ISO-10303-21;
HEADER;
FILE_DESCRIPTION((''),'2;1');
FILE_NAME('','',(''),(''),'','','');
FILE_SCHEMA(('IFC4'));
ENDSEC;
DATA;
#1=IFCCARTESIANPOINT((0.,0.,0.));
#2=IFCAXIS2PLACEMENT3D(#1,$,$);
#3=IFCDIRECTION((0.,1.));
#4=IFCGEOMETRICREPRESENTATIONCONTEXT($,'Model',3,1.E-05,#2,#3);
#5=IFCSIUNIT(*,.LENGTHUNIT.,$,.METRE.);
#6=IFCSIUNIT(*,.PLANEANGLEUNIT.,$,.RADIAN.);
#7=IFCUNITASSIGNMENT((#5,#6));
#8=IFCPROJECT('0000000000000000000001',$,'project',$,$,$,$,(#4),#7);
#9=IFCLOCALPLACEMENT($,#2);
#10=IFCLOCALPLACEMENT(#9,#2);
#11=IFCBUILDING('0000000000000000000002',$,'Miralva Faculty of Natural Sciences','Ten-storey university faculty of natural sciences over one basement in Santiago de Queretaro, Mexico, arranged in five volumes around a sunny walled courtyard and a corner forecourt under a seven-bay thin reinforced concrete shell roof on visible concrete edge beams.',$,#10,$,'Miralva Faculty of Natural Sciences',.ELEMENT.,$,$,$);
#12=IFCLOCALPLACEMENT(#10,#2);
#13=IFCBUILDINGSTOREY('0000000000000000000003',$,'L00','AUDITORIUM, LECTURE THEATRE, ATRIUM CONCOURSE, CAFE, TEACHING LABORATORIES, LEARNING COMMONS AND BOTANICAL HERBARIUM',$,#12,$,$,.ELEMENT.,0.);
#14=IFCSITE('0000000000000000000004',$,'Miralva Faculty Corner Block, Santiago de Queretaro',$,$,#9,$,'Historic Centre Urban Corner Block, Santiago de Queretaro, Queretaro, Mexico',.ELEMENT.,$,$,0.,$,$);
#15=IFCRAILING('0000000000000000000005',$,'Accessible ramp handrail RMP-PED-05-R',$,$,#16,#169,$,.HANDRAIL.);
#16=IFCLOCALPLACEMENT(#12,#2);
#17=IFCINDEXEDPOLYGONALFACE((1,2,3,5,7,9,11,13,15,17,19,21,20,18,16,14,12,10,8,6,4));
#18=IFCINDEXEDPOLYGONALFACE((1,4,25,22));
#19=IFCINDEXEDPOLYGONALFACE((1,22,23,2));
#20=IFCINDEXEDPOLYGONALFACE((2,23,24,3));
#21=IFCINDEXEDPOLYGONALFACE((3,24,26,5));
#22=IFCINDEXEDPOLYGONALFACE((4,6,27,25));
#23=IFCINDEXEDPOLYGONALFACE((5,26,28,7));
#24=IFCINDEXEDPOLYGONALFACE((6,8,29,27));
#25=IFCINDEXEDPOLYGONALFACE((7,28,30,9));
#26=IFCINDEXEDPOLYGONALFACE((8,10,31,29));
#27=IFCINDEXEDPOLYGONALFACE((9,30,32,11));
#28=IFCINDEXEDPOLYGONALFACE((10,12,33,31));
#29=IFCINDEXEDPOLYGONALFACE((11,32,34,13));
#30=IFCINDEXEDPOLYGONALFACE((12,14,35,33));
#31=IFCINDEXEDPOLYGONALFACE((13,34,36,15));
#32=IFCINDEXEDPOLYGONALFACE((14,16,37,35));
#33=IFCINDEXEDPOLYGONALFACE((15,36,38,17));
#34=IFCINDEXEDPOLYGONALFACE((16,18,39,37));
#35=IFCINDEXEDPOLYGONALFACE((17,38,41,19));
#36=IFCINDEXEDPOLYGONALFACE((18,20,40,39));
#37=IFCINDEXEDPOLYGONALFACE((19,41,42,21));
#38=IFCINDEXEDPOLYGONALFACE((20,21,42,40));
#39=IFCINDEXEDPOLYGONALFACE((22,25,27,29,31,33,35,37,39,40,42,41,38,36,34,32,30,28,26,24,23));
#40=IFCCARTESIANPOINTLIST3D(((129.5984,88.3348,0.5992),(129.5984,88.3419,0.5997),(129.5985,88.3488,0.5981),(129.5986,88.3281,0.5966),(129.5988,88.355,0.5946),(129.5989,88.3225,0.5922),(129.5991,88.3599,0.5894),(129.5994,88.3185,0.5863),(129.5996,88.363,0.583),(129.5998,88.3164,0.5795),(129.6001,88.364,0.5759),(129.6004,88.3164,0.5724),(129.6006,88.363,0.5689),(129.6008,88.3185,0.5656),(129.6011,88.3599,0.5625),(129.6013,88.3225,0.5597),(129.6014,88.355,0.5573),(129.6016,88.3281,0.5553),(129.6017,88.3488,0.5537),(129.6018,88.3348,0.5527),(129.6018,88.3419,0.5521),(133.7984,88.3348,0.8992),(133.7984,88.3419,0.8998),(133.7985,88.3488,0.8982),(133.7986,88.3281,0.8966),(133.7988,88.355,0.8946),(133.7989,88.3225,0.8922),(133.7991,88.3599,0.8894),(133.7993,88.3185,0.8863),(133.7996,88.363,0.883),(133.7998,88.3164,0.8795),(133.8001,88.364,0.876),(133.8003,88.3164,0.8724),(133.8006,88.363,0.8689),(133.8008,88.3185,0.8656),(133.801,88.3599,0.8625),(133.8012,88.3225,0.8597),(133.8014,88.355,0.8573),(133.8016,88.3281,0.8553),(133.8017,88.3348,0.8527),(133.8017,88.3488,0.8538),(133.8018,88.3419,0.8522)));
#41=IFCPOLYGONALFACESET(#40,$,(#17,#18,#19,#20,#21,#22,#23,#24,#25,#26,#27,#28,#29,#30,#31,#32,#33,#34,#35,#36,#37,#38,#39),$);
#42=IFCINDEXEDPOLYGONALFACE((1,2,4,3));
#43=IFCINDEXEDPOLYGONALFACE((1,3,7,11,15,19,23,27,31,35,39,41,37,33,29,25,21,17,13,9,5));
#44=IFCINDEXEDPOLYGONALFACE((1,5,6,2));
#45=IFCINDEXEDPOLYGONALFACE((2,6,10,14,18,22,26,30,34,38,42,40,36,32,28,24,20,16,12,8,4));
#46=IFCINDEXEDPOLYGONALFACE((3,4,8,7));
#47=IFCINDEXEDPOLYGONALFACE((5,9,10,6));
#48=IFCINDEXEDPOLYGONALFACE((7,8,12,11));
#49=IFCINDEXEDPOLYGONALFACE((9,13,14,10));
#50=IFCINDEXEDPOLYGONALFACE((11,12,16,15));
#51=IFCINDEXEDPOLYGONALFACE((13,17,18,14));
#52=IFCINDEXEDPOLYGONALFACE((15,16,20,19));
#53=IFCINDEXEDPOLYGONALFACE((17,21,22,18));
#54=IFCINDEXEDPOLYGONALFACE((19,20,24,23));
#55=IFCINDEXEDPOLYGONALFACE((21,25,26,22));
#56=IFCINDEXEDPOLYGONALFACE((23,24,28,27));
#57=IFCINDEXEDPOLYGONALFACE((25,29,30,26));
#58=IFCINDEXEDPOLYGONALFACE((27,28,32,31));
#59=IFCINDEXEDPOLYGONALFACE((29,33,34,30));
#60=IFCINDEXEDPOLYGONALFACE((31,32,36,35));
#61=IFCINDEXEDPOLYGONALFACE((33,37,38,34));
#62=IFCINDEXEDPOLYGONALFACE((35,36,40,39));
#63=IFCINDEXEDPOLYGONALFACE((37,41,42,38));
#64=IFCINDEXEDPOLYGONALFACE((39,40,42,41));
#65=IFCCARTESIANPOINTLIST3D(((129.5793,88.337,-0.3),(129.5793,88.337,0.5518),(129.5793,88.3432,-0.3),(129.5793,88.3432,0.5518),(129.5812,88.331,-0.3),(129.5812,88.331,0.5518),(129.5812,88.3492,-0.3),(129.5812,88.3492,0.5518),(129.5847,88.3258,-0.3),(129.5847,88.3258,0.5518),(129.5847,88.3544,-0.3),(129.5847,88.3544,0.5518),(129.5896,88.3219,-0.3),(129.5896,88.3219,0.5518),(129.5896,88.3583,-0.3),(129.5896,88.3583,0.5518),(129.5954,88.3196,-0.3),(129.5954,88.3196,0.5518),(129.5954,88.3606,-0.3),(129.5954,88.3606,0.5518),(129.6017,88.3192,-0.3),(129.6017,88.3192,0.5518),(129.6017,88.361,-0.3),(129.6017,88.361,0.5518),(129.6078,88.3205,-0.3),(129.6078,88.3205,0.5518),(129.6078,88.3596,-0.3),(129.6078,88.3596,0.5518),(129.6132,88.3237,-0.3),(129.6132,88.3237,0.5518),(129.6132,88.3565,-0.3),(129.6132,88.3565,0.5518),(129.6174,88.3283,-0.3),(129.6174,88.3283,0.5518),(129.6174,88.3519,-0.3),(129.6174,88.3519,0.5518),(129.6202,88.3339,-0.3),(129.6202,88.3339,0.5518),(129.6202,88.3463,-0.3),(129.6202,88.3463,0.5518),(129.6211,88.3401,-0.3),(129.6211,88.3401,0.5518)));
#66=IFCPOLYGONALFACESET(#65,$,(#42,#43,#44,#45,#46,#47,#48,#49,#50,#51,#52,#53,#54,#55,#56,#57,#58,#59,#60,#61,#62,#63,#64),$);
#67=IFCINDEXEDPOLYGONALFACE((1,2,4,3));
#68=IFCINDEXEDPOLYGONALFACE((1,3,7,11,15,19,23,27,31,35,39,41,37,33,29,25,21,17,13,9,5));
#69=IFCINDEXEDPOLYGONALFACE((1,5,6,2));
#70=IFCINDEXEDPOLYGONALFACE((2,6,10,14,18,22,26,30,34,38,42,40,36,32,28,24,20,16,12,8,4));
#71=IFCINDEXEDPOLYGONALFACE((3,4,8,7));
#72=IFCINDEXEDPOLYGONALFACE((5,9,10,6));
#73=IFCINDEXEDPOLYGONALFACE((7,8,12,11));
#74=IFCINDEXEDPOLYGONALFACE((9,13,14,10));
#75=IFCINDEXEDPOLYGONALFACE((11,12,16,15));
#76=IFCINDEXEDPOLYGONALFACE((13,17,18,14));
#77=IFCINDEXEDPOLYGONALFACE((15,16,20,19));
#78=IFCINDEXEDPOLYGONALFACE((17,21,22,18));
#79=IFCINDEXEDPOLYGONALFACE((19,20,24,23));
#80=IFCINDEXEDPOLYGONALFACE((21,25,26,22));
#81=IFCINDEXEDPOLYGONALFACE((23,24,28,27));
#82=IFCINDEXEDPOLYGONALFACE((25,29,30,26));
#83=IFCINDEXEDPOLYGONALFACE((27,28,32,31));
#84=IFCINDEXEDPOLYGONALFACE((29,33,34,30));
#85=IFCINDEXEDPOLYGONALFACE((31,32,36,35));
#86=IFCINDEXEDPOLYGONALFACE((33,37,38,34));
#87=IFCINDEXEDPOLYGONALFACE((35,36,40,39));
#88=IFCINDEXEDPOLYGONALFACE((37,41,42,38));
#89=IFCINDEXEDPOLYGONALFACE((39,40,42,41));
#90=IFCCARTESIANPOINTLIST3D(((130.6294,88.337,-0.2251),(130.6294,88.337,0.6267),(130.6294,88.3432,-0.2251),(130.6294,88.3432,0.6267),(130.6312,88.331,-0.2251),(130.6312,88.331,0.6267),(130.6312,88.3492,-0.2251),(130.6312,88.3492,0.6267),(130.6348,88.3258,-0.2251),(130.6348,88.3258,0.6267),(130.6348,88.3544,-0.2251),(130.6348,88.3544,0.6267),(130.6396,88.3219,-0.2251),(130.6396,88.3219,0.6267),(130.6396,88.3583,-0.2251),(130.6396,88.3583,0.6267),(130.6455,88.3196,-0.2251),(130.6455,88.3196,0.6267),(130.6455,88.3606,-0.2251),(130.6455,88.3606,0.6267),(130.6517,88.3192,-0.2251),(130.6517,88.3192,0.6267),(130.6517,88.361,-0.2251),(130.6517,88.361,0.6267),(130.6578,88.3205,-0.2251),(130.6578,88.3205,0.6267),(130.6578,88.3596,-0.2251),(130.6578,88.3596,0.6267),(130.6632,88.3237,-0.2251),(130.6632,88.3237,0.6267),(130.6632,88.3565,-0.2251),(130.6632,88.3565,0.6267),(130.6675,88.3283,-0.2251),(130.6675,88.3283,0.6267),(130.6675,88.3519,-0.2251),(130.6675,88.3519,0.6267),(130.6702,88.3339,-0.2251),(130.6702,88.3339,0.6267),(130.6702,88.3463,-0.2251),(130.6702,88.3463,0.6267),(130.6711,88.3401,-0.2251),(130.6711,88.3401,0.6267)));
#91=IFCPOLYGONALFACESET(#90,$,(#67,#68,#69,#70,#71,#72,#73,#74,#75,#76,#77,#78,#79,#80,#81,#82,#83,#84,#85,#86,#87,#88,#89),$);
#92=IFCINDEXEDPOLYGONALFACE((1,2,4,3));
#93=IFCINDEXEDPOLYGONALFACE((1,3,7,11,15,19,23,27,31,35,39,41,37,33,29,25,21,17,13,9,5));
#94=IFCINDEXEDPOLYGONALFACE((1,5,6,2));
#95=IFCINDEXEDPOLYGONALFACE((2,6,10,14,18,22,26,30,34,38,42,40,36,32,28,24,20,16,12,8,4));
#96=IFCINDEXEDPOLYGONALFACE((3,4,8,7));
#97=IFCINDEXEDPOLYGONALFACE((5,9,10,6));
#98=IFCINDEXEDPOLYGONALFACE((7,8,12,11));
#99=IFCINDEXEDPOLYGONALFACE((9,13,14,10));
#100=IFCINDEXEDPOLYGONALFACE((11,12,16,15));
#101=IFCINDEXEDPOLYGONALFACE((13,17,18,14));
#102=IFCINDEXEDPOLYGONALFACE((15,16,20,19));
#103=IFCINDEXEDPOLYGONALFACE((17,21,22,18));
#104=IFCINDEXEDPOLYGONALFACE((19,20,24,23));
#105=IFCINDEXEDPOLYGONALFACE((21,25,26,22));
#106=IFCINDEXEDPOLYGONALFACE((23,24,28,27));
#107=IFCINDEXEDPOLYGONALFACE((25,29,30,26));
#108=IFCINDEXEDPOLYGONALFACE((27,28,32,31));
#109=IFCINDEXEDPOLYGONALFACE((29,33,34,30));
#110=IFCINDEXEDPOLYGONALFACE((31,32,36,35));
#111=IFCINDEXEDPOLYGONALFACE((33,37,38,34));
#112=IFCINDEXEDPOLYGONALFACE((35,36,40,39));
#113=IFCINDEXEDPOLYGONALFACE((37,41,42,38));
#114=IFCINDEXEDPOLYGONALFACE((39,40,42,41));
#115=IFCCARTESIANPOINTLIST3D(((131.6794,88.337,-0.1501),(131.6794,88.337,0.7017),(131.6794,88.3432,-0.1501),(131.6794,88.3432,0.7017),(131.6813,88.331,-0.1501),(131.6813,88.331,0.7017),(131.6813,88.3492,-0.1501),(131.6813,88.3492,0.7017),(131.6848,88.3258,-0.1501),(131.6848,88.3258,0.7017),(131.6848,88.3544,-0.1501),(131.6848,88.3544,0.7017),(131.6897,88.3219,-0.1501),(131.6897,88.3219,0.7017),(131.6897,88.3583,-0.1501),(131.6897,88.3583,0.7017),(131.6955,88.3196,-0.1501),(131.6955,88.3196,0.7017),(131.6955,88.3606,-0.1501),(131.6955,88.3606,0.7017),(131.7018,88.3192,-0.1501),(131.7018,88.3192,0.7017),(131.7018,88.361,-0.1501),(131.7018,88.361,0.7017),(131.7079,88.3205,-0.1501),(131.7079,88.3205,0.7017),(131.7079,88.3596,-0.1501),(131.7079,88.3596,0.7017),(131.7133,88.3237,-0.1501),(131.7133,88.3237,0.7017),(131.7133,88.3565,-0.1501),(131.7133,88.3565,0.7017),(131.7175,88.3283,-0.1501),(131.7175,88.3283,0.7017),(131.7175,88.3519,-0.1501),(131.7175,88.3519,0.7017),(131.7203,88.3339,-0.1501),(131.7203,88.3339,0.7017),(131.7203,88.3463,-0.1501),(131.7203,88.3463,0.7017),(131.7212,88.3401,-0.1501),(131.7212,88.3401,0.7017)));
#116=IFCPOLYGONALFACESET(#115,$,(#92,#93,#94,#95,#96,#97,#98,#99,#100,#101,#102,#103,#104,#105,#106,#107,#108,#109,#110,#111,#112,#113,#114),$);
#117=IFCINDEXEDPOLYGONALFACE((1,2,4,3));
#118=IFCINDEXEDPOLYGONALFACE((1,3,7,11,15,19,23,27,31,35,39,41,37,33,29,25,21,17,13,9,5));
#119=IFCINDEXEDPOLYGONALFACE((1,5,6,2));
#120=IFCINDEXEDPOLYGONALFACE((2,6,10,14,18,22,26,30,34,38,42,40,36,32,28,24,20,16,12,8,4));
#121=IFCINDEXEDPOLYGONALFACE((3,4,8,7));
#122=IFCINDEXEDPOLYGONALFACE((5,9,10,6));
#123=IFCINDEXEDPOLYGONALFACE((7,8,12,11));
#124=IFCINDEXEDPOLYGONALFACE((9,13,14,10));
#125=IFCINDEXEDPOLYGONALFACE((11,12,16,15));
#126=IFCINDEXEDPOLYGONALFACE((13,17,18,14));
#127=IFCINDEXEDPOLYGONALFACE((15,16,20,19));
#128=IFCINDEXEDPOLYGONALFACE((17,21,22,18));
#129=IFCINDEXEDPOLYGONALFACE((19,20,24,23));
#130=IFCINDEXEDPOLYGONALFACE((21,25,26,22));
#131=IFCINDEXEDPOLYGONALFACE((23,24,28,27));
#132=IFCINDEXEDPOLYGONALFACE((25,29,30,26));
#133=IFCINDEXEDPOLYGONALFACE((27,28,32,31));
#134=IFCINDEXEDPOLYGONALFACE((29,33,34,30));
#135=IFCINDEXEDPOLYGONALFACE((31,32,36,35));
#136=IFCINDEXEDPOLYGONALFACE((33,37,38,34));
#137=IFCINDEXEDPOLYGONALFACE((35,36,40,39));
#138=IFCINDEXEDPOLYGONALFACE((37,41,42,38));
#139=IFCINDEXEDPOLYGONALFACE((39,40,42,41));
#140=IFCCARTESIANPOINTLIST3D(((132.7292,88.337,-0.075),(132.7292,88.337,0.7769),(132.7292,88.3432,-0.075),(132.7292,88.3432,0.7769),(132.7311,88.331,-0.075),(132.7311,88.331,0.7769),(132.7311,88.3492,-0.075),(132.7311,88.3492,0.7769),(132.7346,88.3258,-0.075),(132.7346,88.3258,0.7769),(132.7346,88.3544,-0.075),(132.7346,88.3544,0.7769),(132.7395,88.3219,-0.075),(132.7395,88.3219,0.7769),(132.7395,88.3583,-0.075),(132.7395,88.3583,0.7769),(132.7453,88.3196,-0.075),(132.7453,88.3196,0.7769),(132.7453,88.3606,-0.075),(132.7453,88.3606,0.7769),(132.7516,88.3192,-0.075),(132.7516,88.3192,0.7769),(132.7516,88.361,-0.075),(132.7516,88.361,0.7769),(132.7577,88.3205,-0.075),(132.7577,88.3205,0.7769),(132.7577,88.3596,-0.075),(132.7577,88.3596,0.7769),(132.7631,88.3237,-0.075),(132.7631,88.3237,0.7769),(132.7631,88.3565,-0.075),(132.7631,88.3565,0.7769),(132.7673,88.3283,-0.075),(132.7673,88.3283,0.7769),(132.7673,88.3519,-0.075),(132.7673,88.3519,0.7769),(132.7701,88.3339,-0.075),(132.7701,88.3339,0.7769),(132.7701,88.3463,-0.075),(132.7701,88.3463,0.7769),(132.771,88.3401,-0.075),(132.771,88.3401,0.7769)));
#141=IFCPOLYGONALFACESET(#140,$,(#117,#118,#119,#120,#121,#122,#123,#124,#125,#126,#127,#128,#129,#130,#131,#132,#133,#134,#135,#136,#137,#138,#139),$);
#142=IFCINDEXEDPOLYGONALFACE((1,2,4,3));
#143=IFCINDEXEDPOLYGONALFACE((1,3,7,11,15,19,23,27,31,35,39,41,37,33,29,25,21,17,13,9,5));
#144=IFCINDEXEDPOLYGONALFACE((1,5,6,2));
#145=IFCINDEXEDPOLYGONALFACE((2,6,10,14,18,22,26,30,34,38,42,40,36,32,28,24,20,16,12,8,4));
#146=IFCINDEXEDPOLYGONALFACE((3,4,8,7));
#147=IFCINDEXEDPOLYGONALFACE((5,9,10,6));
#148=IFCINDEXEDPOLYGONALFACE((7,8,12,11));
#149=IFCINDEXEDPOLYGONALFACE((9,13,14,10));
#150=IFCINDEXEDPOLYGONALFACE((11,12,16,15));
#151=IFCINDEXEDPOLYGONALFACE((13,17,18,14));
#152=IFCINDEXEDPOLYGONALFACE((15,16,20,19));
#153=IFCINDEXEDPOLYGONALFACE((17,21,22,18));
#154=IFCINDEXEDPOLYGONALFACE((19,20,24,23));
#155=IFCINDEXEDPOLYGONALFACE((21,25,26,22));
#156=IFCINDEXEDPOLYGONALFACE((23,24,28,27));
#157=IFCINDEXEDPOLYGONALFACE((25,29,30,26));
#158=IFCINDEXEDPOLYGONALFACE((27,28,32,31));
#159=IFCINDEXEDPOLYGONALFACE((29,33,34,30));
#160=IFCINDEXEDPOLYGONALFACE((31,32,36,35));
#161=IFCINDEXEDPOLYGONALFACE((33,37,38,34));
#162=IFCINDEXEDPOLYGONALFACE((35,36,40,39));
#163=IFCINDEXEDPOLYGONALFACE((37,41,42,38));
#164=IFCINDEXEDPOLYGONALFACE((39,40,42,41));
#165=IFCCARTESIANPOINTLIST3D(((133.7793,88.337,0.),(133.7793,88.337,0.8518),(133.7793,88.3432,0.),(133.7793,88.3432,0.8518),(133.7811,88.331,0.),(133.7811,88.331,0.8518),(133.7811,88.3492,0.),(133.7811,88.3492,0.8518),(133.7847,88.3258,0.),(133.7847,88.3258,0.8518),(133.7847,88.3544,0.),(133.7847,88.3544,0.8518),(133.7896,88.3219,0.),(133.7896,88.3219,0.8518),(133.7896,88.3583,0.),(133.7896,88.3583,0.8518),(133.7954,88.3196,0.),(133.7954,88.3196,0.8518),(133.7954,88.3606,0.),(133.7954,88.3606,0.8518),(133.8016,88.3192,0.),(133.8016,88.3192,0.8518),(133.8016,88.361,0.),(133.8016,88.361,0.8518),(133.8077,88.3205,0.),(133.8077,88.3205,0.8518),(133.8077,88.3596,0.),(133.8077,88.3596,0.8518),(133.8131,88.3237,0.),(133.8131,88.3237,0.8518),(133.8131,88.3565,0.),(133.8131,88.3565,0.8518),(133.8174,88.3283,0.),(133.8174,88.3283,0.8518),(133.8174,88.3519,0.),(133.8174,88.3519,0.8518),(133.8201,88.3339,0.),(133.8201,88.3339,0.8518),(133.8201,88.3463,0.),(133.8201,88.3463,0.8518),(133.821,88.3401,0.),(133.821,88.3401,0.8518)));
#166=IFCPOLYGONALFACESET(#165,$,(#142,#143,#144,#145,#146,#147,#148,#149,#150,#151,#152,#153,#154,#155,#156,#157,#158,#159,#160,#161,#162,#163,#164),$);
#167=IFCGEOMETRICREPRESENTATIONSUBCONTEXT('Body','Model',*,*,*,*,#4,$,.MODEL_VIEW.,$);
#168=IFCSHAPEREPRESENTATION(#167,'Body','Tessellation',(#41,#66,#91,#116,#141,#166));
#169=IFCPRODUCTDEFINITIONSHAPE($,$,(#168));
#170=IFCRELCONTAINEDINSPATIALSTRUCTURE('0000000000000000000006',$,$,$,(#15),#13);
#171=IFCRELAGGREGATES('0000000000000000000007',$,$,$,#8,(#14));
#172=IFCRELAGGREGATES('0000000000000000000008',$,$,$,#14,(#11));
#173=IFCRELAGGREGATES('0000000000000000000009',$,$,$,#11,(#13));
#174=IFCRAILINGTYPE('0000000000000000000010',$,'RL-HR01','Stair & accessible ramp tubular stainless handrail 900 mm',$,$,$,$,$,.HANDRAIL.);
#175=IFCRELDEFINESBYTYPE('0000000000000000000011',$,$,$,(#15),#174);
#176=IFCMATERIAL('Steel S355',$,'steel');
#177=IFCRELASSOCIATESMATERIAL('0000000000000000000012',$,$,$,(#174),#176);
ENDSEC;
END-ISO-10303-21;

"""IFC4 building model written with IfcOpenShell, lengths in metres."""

from ifc_helpers import new_model, si_unit, direction, frame, origin, origin_2d, place, context, subcontext, project, spatial, circle, extrude, material, type_object, element, save


model = new_model("IFC4")

# Units and contexts
model_context = context("Model", 3, precision=1e-05, world=origin(), true_north=direction((0.0, 1.0)))
body_context = subcontext(model_context, "Body", "Model", "MODEL_VIEW")
ifc_project = project(units=[si_unit("LENGTHUNIT", "METRE"), si_unit("PLANEANGLEUNIT", "RADIAN")], contexts=[model_context])

# Site, building, storey
site_placement = place(None, origin())
site = spatial("IfcSite", under=ifc_project, at=site_placement, Name="Miralva Faculty Corner Block, Santiago de Queretaro", LongName="Historic Centre Urban Corner Block, Santiago de Queretaro, Queretaro, Mexico", CompositionType="ELEMENT", RefElevation=0.0)
building_placement = place(site_placement, origin())
building = spatial("IfcBuilding", under=site, at=building_placement, Name="Miralva Faculty of Natural Sciences", Description="Ten-storey university faculty of natural sciences over one basement in Santiago de Queretaro, Mexico, arranged in five volumes around a sunny walled courtyard and a corner forecourt under a seven-bay thin reinforced concrete shell roof on visible concrete edge beams.", LongName="Miralva Faculty of Natural Sciences", CompositionType="ELEMENT")
storey_placement = place(building_placement, origin())
storey = spatial("IfcBuildingStorey", under=building, at=storey_placement, Name="L00", Description="AUDITORIUM, LECTURE THEATRE, ATRIUM CONCOURSE, CAFE, TEACHING LABORATORIES, LEARNING COMMONS AND BOTANICAL HERBARIUM", CompositionType="ELEMENT", Elevation=0.0)

# Railing
ifc_material_1 = material(Name="Steel S355", Category="steel")
railing_type = type_object("IfcRailingType", Name="RL-HR01", Description="Stair & accessible ramp tubular stainless handrail 900 mm", PredefinedType="HANDRAIL", material=ifc_material_1)
for number, where, name in (
    (1, (129.6001, 88.3401, -0.3), "Accessible ramp handrail RMP-PED-05-R"),
):
    element("IfcRailing", number, at=place(storey_placement, frame(where)), inside=storey, type_object=railing_type, Name=name, PredefinedType="HANDRAIL", context=body_context, shape_type="SweptSolid", body=[
        extrude(circle(Radius=0.0239, at=origin_2d()), frame((0.0, 0.0, 0.876), z_axis=(0.997458, 0.0, 0.071259), x_axis=(0.0, 1.0, 0.0)), (0.0, 0.0, 1.0), 4.2107),
        extrude(circle(Radius=0.021, at=origin_2d()), origin(), (0.0, 0.0, 1.0), 0.8518),
        extrude(circle(Radius=0.021, at=origin_2d()), frame((1.05, 0.0, 0.075)), (0.0, 0.0, 1.0), 0.8518),
        extrude(circle(Radius=0.021, at=origin_2d()), frame((2.1001, 0.0, 0.1499)), (0.0, 0.0, 1.0), 0.8518),
        extrude(circle(Radius=0.021, at=origin_2d()), frame((3.1499, 0.0, 0.2251)), (0.0, 0.0, 1.0), 0.8518),
        extrude(circle(Radius=0.021, at=origin_2d()), frame((4.2, 0.0, 0.3)), (0.0, 0.0, 1.0), 0.8518),
    ])

save(model, "model.ifc")
